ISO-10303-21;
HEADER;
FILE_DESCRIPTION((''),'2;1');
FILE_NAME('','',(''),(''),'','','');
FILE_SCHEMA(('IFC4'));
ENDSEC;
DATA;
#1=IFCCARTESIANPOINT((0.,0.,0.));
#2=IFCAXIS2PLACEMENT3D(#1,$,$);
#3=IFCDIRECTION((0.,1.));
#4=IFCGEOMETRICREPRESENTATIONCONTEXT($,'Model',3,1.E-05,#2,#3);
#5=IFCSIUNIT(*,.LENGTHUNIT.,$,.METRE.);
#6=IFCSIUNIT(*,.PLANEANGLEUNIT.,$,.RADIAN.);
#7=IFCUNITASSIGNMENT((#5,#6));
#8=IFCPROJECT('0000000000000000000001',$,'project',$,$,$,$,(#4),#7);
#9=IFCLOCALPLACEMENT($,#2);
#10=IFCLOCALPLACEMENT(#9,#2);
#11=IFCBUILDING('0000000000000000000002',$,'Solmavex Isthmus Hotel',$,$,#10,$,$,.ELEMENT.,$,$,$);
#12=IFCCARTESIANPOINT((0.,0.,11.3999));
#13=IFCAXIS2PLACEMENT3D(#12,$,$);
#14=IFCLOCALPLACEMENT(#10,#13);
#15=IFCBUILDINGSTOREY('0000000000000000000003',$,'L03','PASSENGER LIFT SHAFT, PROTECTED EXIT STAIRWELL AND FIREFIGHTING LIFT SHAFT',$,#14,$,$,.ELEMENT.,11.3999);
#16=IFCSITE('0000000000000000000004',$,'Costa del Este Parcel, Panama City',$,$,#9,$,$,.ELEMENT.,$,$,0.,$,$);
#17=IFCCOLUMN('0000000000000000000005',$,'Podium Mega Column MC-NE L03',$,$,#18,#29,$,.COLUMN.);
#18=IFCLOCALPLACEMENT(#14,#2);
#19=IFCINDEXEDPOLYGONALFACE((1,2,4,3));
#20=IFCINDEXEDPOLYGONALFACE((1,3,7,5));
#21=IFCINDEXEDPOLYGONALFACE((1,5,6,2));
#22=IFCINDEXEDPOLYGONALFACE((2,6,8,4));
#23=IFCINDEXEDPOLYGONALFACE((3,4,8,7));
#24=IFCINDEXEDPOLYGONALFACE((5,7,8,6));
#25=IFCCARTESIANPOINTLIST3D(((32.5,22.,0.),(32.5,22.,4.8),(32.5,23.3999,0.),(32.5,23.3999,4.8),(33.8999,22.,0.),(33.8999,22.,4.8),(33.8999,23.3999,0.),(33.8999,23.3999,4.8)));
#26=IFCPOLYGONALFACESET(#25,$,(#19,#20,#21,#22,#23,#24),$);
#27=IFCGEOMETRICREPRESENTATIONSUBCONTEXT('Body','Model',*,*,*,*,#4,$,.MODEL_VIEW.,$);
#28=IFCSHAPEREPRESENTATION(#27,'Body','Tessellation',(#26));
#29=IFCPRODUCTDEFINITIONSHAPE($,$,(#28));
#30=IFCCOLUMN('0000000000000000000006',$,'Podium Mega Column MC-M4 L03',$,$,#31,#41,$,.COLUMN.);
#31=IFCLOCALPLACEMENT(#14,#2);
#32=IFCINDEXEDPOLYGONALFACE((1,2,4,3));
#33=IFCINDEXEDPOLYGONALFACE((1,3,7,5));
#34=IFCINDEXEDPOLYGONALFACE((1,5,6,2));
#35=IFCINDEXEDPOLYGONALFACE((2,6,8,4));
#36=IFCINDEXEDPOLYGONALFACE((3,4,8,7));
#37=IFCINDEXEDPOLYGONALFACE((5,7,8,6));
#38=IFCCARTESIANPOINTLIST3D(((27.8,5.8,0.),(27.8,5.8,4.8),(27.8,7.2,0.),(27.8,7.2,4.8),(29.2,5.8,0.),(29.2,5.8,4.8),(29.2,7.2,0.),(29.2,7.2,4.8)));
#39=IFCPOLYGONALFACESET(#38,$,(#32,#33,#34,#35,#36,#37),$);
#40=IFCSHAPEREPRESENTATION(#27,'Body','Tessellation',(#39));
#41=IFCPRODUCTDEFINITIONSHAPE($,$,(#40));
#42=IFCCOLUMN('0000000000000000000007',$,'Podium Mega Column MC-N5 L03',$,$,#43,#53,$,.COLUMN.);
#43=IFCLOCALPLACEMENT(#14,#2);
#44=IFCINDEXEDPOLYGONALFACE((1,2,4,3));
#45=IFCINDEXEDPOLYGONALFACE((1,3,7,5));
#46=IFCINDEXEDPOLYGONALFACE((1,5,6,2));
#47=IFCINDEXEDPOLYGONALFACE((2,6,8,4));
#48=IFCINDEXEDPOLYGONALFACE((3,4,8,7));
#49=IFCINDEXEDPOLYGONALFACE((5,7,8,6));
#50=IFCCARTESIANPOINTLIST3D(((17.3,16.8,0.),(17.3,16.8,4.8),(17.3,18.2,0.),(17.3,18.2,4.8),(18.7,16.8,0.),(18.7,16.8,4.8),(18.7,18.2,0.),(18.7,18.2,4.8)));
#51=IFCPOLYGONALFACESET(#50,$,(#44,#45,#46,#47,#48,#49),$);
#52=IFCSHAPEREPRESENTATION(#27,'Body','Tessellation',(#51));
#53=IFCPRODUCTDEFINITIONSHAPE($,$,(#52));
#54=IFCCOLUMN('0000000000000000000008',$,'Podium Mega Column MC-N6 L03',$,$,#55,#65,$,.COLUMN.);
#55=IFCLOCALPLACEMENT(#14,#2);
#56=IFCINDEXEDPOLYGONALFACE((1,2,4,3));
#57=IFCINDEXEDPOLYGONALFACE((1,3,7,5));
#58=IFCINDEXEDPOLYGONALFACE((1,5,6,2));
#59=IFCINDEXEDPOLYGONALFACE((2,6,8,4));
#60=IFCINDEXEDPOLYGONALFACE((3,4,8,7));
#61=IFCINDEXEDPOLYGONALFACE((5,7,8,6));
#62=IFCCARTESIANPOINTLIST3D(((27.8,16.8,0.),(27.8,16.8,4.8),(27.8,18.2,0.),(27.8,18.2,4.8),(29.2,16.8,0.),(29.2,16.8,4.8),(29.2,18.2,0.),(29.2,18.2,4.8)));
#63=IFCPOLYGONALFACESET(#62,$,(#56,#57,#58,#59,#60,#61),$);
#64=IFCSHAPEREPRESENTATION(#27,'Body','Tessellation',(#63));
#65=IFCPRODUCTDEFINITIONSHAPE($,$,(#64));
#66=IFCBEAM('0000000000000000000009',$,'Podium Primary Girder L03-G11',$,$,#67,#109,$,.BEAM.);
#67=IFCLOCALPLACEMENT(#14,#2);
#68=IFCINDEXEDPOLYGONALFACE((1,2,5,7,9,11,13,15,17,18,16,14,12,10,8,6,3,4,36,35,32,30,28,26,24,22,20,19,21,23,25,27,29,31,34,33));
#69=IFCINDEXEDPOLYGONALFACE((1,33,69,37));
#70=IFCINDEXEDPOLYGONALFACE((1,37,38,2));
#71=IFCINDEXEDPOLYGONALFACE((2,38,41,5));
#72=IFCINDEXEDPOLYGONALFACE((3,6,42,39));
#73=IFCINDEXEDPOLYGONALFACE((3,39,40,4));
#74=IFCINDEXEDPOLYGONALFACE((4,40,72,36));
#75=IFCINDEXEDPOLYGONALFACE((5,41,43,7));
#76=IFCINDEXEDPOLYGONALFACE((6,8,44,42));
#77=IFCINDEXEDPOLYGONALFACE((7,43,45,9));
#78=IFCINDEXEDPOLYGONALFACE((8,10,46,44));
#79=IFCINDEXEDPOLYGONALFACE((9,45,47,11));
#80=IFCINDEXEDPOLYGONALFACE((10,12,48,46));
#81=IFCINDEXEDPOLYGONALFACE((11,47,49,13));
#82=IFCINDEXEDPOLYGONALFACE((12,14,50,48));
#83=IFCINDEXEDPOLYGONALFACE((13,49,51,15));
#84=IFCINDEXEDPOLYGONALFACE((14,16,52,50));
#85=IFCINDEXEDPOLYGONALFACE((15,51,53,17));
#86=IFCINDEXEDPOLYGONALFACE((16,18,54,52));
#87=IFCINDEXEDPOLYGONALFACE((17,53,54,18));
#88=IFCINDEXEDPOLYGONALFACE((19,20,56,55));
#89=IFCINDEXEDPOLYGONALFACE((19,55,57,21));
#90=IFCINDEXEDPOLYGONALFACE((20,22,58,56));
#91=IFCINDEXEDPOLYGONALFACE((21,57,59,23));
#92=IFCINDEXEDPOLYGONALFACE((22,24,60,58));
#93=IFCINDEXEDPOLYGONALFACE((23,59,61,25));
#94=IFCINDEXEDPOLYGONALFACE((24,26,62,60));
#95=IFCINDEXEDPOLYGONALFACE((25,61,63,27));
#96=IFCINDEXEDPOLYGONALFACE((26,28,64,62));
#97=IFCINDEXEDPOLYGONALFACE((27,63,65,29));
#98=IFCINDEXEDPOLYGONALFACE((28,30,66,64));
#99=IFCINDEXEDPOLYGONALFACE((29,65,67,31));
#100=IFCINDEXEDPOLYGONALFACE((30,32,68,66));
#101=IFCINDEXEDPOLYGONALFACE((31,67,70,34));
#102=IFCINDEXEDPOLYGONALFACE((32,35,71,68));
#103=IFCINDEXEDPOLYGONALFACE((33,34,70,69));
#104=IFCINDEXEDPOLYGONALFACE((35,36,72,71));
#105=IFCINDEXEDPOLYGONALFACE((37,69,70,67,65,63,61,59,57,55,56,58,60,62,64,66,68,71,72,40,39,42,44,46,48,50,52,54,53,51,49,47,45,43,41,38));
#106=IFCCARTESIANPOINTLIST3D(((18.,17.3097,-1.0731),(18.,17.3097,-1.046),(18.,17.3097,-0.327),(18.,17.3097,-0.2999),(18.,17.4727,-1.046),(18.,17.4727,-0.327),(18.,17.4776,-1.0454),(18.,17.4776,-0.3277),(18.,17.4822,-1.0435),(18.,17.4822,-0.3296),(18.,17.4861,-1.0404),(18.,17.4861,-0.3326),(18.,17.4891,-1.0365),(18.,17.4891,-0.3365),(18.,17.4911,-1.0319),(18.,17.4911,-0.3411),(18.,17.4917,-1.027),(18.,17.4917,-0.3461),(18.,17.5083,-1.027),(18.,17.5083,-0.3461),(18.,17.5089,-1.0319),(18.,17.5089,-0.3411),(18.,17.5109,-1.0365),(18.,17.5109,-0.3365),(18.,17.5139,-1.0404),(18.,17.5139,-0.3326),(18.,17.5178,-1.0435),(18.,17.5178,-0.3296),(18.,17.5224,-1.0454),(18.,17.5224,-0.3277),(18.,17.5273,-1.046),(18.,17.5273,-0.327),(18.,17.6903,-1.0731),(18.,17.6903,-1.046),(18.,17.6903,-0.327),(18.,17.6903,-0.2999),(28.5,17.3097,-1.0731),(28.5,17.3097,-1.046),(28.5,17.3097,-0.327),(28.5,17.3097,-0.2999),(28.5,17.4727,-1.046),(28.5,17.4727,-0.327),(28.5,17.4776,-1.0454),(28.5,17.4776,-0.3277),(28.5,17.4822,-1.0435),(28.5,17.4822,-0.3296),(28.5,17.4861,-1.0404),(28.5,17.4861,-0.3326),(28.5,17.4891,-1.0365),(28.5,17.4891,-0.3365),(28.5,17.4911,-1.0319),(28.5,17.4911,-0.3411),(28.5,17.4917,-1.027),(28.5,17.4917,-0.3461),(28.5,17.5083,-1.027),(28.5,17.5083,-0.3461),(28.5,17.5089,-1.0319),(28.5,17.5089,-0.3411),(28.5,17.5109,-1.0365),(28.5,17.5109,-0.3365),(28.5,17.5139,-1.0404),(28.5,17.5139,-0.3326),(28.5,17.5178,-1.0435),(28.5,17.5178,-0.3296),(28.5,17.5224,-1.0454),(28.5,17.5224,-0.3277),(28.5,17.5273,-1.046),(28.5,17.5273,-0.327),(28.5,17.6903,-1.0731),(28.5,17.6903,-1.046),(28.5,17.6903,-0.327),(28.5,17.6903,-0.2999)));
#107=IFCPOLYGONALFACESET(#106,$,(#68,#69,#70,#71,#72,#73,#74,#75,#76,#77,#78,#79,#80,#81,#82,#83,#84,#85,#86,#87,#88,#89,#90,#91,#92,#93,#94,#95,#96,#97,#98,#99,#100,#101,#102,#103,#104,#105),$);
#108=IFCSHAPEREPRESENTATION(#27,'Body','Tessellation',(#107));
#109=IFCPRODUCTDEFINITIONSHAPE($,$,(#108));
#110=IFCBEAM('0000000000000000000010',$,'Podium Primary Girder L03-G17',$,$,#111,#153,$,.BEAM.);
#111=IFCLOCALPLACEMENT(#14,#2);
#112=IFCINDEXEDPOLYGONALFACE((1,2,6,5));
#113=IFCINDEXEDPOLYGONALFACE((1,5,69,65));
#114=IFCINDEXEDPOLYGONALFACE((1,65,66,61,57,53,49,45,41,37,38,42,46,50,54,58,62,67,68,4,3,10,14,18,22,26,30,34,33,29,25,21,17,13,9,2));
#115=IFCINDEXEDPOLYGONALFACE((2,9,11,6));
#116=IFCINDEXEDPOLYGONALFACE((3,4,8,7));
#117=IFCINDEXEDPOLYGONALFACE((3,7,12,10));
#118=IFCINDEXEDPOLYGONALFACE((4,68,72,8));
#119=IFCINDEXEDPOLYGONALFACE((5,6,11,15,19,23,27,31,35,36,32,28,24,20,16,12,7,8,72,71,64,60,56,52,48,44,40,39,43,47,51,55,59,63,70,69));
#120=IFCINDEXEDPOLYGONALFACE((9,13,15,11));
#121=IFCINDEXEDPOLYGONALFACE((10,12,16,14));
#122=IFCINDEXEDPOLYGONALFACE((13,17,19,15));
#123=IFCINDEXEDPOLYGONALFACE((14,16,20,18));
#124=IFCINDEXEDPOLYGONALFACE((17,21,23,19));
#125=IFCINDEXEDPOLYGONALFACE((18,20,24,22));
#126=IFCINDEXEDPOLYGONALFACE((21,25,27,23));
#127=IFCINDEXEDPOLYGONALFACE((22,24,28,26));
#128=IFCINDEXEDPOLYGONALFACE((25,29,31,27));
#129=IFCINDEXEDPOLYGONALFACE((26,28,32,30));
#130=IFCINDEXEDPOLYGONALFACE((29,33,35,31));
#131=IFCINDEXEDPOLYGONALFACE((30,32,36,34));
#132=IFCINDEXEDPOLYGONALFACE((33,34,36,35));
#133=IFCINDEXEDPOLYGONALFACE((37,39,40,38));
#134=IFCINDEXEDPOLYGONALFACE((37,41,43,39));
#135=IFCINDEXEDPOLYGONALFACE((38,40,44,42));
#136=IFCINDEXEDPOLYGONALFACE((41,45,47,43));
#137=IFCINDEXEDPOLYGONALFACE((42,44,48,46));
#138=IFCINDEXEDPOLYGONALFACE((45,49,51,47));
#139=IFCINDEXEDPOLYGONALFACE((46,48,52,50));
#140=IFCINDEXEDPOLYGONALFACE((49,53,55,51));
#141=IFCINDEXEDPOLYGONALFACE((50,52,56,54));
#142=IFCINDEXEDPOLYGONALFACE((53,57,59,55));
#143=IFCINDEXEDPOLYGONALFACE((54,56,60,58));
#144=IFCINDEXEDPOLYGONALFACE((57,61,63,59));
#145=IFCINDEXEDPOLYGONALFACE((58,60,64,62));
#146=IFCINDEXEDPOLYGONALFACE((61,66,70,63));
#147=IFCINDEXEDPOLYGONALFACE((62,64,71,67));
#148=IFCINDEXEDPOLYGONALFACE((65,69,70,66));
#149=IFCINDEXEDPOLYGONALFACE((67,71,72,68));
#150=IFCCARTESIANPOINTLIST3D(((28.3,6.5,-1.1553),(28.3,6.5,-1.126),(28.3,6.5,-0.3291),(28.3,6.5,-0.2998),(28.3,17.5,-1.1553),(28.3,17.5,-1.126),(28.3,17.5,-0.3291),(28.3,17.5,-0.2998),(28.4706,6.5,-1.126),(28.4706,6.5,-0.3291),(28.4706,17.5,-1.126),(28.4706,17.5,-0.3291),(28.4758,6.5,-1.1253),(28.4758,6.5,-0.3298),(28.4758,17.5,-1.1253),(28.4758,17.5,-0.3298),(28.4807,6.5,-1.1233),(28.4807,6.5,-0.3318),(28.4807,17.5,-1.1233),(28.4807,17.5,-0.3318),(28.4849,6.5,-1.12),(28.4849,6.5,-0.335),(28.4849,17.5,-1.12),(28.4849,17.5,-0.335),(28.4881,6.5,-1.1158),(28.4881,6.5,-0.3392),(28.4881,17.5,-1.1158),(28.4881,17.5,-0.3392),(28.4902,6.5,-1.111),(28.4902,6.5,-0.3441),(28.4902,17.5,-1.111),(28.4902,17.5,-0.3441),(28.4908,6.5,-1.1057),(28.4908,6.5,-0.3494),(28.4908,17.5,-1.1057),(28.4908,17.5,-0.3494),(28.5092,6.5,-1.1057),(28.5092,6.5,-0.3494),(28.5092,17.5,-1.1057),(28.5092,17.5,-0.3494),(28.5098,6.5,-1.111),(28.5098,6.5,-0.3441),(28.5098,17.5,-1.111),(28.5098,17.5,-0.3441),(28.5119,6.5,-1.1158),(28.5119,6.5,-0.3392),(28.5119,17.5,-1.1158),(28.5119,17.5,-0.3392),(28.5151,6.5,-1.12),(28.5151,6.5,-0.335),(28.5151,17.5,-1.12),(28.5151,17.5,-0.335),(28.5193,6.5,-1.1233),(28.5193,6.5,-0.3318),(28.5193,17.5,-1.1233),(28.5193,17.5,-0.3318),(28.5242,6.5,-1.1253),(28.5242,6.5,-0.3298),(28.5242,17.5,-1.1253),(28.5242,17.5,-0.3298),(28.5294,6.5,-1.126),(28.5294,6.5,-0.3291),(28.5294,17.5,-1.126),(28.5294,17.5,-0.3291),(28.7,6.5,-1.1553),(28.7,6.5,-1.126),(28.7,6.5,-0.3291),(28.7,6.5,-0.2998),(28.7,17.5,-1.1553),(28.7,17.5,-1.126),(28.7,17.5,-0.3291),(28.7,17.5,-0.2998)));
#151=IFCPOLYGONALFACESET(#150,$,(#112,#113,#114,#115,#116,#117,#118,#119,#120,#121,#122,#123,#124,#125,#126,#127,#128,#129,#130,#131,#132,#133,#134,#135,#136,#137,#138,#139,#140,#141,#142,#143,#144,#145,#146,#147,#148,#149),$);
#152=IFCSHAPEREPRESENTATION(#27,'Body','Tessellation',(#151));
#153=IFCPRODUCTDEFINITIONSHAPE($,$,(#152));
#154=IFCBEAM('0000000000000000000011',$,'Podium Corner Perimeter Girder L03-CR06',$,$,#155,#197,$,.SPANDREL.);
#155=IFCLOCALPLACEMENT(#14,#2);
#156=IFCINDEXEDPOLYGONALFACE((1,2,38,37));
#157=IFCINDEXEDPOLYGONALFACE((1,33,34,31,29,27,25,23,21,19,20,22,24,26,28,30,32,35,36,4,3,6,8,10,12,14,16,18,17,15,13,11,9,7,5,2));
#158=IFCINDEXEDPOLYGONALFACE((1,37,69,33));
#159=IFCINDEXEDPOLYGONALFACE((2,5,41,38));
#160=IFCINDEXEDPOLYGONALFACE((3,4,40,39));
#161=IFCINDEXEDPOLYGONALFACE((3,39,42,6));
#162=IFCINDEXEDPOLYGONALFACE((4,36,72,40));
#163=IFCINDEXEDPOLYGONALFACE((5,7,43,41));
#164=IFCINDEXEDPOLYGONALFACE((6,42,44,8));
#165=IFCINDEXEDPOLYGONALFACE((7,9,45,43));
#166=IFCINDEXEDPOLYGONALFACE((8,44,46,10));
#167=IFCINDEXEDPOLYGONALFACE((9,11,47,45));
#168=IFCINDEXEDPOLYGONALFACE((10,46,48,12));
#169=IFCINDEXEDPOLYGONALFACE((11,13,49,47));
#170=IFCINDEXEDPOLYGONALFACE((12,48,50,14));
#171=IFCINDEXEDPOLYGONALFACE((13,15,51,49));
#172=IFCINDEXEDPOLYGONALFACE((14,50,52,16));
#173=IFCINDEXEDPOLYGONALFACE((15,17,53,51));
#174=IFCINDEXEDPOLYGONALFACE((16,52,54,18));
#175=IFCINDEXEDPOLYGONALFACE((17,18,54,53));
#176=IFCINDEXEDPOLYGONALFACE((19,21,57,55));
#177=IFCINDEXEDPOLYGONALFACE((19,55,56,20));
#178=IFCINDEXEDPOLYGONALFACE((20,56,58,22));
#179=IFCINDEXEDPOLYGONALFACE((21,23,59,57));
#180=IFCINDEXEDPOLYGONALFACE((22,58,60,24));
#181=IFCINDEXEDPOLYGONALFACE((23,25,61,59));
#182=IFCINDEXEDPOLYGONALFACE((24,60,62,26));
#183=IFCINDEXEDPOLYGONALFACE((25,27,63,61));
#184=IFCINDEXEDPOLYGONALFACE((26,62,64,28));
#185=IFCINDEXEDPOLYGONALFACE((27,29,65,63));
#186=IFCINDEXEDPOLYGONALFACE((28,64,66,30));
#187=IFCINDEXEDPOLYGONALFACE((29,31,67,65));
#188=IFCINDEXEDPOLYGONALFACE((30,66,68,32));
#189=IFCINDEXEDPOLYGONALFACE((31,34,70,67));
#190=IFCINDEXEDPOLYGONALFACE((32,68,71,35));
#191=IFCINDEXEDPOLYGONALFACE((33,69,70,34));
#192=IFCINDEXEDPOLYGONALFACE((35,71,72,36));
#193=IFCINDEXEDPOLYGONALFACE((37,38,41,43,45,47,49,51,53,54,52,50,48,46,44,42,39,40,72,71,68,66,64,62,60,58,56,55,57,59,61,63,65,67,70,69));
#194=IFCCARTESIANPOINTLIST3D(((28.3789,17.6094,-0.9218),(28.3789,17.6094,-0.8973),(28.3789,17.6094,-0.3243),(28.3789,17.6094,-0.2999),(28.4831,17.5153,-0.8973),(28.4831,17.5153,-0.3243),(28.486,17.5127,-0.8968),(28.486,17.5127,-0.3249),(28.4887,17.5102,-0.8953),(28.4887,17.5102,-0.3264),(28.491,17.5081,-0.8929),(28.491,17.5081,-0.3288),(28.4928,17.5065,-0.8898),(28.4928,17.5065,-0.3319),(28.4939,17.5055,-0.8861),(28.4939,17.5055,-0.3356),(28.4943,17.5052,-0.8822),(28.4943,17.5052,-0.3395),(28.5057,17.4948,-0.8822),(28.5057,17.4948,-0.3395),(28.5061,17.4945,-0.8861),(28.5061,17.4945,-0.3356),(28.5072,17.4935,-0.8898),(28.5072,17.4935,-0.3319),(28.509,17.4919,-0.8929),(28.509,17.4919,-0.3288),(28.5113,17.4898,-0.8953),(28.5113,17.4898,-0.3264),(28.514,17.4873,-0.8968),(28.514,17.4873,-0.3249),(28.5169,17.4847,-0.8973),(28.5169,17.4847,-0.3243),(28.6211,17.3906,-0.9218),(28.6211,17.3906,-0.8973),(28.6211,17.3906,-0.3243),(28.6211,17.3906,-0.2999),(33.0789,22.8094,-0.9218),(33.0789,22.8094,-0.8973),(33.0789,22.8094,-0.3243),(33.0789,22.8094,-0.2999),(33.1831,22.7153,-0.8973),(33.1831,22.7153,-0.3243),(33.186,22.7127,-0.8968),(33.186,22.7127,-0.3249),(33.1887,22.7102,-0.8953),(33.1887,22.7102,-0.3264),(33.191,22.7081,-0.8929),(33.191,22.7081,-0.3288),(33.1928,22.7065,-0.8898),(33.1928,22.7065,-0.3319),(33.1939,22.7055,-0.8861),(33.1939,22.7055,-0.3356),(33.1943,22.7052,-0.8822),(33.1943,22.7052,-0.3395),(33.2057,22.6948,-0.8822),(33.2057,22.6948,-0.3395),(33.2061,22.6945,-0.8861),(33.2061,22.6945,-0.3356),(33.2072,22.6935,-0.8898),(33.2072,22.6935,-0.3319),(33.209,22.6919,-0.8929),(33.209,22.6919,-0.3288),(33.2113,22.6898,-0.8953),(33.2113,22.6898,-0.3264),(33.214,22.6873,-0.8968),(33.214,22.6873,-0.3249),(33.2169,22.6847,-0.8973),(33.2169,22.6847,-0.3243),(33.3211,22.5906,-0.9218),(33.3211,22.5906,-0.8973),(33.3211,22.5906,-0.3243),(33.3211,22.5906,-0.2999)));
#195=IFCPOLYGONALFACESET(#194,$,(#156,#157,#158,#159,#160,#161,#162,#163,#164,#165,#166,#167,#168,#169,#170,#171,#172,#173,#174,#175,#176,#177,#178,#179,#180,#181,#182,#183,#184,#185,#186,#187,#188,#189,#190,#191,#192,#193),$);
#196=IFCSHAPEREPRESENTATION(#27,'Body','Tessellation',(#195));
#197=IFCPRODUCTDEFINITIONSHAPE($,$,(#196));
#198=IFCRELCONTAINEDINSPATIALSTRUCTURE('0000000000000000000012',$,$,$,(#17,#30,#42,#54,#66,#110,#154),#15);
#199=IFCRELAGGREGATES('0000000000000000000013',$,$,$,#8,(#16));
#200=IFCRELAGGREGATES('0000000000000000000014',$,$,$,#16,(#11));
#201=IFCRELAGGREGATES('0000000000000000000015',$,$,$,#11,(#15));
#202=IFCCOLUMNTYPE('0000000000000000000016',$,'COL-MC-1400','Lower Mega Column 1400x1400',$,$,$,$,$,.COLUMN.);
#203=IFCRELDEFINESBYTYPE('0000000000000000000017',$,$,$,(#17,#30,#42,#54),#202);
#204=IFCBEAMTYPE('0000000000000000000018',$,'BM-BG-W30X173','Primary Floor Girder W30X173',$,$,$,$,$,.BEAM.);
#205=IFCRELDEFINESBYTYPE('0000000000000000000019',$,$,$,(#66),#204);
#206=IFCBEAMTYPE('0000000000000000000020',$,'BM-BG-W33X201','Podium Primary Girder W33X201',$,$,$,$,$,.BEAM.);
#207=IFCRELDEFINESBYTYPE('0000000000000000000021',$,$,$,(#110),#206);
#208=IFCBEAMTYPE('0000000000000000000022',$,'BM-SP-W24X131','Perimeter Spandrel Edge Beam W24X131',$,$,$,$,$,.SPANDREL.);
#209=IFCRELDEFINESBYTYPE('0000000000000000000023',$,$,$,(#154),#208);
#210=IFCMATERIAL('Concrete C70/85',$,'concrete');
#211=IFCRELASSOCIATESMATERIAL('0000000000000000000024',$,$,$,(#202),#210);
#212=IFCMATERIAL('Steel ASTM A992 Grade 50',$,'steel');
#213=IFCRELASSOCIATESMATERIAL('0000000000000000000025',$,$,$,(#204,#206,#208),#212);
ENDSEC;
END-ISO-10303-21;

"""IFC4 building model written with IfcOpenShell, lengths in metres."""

from ifc_helpers import new_model, si_unit, direction, frame, origin, origin_2d, place, context, subcontext, project, spatial, rectangle, i_section, extrude, material, material_profile, profile_set, type_object, element, save


model = new_model("IFC4")

# Units and contexts
model_context = context("Model", 3, precision=1e-05, world=origin(), true_north=direction((0.0, 1.0)))
body_context = subcontext(model_context, "Body", "Model", "MODEL_VIEW")
ifc_project = project(units=[si_unit("LENGTHUNIT", "METRE"), si_unit("PLANEANGLEUNIT", "RADIAN")], contexts=[model_context])

# Site, building, storey
site_placement = place(None, origin())
site = spatial("IfcSite", under=ifc_project, at=site_placement, Name="Costa del Este Parcel, Panama City", CompositionType="ELEMENT", RefElevation=0.0)
building_placement = place(site_placement, origin())
building = spatial("IfcBuilding", under=site, at=building_placement, Name="Solmavex Isthmus Hotel", CompositionType="ELEMENT")
storey_placement = place(building_placement, frame((0.0, 0.0, 11.3999)))
storey = spatial("IfcBuildingStorey", under=building, at=storey_placement, Name="L03", Description="PASSENGER LIFT SHAFT, PROTECTED EXIT STAIRWELL AND FIREFIGHTING LIFT SHAFT", CompositionType="ELEMENT", Elevation=11.3999)

# Columns
ifc_material_1 = material(Name="Concrete C70/85", Category="concrete")
ifc_material_profile_1 = material_profile(ifc_material_1, rectangle(XDim=1.3999, YDim=1.3999, at=origin_2d()), Name="RC1400X1400")
ifc_profile_set_1 = profile_set([ifc_material_profile_1], Name="Concrete C70/85")
column_type = type_object("IfcColumnType", Name="COL-MC-1400", Description="Lower Mega Column 1400x1400", PredefinedType="COLUMN", material=ifc_profile_set_1)
for number, where, z_axis, x_axis, name in (
    (1, (33.2, 22.7, 0.0), (0.0, 0.0, 1.0), (1.0, 0.0, 0.0), "Podium Mega Column MC-NE L03"),
    (2, (28.5, 6.5, 0.0), (0.0, 0.0, 1.0), (1.0, 0.0, 0.0), "Podium Mega Column MC-M4 L03"),
    (3, (18.0, 17.5, 0.0), (0.0, 0.0, 1.0), (1.0, 0.0, 0.0), "Podium Mega Column MC-N5 L03"),
    (4, (28.5, 17.5, 0.0), (0.0, 0.0, 1.0), (1.0, 0.0, 0.0), "Podium Mega Column MC-N6 L03"),
):
    element("IfcColumn", number, at=place(storey_placement, frame(where, z_axis=z_axis, x_axis=x_axis)), inside=storey, type_object=column_type, Name=name, PredefinedType="COLUMN", context=body_context, shape_type="SweptSolid", body=[
        extrude(rectangle(XDim=1.3999, YDim=1.3999, at=origin_2d()), origin(), (0.0, 0.0, 1.0), 4.8),
    ])

# Beams
ifc_material_2 = material(Name="Steel ASTM A992 Grade 50", Category="steel")
ifc_material_profile_2 = material_profile(ifc_material_2, i_section(OverallWidth=0.3806, OverallDepth=0.7732, WebThickness=0.0166, FlangeThickness=0.0271, FilletRadius=0.019, at=origin_2d()), Name="W30X173")
ifc_profile_set_2 = profile_set([ifc_material_profile_2], Name="Steel ASTM A992 Grade 50")
beam_type_1 = type_object("IfcBeamType", Name="BM-BG-W30X173", Description="Primary Floor Girder W30X173", PredefinedType="BEAM", material=ifc_profile_set_2)
beam_1_placement = place(storey_placement, frame((18.0, 17.5, -0.6865), z_axis=(1.0, 0.0, 0.0), x_axis=(0.0, 1.0, 0.0)))
element("IfcBeam", 5, at=beam_1_placement, inside=storey, type_object=beam_type_1, Name="Podium Primary Girder L03-G11", PredefinedType="BEAM", context=body_context, shape_type="SweptSolid", body=[
    extrude(i_section(OverallWidth=0.3806, OverallDepth=0.7732, WebThickness=0.0166, FlangeThickness=0.0271, FilletRadius=0.019, at=origin_2d()), origin(), (0.0, 0.0, 1.0), 10.5),
])
ifc_material_profile_3 = material_profile(ifc_material_2, i_section(OverallWidth=0.3999, OverallDepth=0.8555, WebThickness=0.0183, FlangeThickness=0.0293, FilletRadius=0.0203, at=origin_2d()), Name="W33X201")
ifc_profile_set_3 = profile_set([ifc_material_profile_3], Name="Steel ASTM A992 Grade 50")
beam_type_2 = type_object("IfcBeamType", Name="BM-BG-W33X201", Description="Podium Primary Girder W33X201", PredefinedType="BEAM", material=ifc_profile_set_3)
beam_2_placement = place(storey_placement, frame((28.5, 6.5, -0.7275), z_axis=(0.0, 1.0, 0.0), x_axis=(-1.0, 0.0, 0.0)))
element("IfcBeam", 6, at=beam_2_placement, inside=storey, type_object=beam_type_2, Name="Podium Primary Girder L03-G17", PredefinedType="BEAM", context=body_context, shape_type="SweptSolid", body=[
    extrude(i_section(OverallWidth=0.3999, OverallDepth=0.8555, WebThickness=0.0183, FlangeThickness=0.0293, FilletRadius=0.0203, at=origin_2d()), origin(), (0.0, 0.0, 1.0), 11.0),
])
ifc_material_profile_4 = material_profile(ifc_material_2, i_section(OverallWidth=0.3264, OverallDepth=0.6218, WebThickness=0.0154, FlangeThickness=0.0244, FilletRadius=0.0151, at=origin_2d()), Name="W24X131")
ifc_profile_set_4 = profile_set([ifc_material_profile_4], Name="Steel ASTM A992 Grade 50")
beam_type_3 = type_object("IfcBeamType", Name="BM-SP-W24X131", Description="Perimeter Spandrel Edge Beam W24X131", PredefinedType="SPANDREL", material=ifc_profile_set_4)
beam_3_placement = place(storey_placement, frame((28.5, 17.5, -0.6108), z_axis=(0.670539, 0.741874, 0.0), x_axis=(-0.741874, 0.670539, 0.0)))
element("IfcBeam", 7, at=beam_3_placement, inside=storey, type_object=beam_type_3, Name="Podium Corner Perimeter Girder L03-CR06", PredefinedType="SPANDREL", context=body_context, shape_type="SweptSolid", body=[
    extrude(i_section(OverallWidth=0.3264, OverallDepth=0.6218, WebThickness=0.0154, FlangeThickness=0.0244, FilletRadius=0.0151, at=origin_2d()), origin(), (0.0, 0.0, 1.0), 7.0093),
])

save(model, "model.ifc")
